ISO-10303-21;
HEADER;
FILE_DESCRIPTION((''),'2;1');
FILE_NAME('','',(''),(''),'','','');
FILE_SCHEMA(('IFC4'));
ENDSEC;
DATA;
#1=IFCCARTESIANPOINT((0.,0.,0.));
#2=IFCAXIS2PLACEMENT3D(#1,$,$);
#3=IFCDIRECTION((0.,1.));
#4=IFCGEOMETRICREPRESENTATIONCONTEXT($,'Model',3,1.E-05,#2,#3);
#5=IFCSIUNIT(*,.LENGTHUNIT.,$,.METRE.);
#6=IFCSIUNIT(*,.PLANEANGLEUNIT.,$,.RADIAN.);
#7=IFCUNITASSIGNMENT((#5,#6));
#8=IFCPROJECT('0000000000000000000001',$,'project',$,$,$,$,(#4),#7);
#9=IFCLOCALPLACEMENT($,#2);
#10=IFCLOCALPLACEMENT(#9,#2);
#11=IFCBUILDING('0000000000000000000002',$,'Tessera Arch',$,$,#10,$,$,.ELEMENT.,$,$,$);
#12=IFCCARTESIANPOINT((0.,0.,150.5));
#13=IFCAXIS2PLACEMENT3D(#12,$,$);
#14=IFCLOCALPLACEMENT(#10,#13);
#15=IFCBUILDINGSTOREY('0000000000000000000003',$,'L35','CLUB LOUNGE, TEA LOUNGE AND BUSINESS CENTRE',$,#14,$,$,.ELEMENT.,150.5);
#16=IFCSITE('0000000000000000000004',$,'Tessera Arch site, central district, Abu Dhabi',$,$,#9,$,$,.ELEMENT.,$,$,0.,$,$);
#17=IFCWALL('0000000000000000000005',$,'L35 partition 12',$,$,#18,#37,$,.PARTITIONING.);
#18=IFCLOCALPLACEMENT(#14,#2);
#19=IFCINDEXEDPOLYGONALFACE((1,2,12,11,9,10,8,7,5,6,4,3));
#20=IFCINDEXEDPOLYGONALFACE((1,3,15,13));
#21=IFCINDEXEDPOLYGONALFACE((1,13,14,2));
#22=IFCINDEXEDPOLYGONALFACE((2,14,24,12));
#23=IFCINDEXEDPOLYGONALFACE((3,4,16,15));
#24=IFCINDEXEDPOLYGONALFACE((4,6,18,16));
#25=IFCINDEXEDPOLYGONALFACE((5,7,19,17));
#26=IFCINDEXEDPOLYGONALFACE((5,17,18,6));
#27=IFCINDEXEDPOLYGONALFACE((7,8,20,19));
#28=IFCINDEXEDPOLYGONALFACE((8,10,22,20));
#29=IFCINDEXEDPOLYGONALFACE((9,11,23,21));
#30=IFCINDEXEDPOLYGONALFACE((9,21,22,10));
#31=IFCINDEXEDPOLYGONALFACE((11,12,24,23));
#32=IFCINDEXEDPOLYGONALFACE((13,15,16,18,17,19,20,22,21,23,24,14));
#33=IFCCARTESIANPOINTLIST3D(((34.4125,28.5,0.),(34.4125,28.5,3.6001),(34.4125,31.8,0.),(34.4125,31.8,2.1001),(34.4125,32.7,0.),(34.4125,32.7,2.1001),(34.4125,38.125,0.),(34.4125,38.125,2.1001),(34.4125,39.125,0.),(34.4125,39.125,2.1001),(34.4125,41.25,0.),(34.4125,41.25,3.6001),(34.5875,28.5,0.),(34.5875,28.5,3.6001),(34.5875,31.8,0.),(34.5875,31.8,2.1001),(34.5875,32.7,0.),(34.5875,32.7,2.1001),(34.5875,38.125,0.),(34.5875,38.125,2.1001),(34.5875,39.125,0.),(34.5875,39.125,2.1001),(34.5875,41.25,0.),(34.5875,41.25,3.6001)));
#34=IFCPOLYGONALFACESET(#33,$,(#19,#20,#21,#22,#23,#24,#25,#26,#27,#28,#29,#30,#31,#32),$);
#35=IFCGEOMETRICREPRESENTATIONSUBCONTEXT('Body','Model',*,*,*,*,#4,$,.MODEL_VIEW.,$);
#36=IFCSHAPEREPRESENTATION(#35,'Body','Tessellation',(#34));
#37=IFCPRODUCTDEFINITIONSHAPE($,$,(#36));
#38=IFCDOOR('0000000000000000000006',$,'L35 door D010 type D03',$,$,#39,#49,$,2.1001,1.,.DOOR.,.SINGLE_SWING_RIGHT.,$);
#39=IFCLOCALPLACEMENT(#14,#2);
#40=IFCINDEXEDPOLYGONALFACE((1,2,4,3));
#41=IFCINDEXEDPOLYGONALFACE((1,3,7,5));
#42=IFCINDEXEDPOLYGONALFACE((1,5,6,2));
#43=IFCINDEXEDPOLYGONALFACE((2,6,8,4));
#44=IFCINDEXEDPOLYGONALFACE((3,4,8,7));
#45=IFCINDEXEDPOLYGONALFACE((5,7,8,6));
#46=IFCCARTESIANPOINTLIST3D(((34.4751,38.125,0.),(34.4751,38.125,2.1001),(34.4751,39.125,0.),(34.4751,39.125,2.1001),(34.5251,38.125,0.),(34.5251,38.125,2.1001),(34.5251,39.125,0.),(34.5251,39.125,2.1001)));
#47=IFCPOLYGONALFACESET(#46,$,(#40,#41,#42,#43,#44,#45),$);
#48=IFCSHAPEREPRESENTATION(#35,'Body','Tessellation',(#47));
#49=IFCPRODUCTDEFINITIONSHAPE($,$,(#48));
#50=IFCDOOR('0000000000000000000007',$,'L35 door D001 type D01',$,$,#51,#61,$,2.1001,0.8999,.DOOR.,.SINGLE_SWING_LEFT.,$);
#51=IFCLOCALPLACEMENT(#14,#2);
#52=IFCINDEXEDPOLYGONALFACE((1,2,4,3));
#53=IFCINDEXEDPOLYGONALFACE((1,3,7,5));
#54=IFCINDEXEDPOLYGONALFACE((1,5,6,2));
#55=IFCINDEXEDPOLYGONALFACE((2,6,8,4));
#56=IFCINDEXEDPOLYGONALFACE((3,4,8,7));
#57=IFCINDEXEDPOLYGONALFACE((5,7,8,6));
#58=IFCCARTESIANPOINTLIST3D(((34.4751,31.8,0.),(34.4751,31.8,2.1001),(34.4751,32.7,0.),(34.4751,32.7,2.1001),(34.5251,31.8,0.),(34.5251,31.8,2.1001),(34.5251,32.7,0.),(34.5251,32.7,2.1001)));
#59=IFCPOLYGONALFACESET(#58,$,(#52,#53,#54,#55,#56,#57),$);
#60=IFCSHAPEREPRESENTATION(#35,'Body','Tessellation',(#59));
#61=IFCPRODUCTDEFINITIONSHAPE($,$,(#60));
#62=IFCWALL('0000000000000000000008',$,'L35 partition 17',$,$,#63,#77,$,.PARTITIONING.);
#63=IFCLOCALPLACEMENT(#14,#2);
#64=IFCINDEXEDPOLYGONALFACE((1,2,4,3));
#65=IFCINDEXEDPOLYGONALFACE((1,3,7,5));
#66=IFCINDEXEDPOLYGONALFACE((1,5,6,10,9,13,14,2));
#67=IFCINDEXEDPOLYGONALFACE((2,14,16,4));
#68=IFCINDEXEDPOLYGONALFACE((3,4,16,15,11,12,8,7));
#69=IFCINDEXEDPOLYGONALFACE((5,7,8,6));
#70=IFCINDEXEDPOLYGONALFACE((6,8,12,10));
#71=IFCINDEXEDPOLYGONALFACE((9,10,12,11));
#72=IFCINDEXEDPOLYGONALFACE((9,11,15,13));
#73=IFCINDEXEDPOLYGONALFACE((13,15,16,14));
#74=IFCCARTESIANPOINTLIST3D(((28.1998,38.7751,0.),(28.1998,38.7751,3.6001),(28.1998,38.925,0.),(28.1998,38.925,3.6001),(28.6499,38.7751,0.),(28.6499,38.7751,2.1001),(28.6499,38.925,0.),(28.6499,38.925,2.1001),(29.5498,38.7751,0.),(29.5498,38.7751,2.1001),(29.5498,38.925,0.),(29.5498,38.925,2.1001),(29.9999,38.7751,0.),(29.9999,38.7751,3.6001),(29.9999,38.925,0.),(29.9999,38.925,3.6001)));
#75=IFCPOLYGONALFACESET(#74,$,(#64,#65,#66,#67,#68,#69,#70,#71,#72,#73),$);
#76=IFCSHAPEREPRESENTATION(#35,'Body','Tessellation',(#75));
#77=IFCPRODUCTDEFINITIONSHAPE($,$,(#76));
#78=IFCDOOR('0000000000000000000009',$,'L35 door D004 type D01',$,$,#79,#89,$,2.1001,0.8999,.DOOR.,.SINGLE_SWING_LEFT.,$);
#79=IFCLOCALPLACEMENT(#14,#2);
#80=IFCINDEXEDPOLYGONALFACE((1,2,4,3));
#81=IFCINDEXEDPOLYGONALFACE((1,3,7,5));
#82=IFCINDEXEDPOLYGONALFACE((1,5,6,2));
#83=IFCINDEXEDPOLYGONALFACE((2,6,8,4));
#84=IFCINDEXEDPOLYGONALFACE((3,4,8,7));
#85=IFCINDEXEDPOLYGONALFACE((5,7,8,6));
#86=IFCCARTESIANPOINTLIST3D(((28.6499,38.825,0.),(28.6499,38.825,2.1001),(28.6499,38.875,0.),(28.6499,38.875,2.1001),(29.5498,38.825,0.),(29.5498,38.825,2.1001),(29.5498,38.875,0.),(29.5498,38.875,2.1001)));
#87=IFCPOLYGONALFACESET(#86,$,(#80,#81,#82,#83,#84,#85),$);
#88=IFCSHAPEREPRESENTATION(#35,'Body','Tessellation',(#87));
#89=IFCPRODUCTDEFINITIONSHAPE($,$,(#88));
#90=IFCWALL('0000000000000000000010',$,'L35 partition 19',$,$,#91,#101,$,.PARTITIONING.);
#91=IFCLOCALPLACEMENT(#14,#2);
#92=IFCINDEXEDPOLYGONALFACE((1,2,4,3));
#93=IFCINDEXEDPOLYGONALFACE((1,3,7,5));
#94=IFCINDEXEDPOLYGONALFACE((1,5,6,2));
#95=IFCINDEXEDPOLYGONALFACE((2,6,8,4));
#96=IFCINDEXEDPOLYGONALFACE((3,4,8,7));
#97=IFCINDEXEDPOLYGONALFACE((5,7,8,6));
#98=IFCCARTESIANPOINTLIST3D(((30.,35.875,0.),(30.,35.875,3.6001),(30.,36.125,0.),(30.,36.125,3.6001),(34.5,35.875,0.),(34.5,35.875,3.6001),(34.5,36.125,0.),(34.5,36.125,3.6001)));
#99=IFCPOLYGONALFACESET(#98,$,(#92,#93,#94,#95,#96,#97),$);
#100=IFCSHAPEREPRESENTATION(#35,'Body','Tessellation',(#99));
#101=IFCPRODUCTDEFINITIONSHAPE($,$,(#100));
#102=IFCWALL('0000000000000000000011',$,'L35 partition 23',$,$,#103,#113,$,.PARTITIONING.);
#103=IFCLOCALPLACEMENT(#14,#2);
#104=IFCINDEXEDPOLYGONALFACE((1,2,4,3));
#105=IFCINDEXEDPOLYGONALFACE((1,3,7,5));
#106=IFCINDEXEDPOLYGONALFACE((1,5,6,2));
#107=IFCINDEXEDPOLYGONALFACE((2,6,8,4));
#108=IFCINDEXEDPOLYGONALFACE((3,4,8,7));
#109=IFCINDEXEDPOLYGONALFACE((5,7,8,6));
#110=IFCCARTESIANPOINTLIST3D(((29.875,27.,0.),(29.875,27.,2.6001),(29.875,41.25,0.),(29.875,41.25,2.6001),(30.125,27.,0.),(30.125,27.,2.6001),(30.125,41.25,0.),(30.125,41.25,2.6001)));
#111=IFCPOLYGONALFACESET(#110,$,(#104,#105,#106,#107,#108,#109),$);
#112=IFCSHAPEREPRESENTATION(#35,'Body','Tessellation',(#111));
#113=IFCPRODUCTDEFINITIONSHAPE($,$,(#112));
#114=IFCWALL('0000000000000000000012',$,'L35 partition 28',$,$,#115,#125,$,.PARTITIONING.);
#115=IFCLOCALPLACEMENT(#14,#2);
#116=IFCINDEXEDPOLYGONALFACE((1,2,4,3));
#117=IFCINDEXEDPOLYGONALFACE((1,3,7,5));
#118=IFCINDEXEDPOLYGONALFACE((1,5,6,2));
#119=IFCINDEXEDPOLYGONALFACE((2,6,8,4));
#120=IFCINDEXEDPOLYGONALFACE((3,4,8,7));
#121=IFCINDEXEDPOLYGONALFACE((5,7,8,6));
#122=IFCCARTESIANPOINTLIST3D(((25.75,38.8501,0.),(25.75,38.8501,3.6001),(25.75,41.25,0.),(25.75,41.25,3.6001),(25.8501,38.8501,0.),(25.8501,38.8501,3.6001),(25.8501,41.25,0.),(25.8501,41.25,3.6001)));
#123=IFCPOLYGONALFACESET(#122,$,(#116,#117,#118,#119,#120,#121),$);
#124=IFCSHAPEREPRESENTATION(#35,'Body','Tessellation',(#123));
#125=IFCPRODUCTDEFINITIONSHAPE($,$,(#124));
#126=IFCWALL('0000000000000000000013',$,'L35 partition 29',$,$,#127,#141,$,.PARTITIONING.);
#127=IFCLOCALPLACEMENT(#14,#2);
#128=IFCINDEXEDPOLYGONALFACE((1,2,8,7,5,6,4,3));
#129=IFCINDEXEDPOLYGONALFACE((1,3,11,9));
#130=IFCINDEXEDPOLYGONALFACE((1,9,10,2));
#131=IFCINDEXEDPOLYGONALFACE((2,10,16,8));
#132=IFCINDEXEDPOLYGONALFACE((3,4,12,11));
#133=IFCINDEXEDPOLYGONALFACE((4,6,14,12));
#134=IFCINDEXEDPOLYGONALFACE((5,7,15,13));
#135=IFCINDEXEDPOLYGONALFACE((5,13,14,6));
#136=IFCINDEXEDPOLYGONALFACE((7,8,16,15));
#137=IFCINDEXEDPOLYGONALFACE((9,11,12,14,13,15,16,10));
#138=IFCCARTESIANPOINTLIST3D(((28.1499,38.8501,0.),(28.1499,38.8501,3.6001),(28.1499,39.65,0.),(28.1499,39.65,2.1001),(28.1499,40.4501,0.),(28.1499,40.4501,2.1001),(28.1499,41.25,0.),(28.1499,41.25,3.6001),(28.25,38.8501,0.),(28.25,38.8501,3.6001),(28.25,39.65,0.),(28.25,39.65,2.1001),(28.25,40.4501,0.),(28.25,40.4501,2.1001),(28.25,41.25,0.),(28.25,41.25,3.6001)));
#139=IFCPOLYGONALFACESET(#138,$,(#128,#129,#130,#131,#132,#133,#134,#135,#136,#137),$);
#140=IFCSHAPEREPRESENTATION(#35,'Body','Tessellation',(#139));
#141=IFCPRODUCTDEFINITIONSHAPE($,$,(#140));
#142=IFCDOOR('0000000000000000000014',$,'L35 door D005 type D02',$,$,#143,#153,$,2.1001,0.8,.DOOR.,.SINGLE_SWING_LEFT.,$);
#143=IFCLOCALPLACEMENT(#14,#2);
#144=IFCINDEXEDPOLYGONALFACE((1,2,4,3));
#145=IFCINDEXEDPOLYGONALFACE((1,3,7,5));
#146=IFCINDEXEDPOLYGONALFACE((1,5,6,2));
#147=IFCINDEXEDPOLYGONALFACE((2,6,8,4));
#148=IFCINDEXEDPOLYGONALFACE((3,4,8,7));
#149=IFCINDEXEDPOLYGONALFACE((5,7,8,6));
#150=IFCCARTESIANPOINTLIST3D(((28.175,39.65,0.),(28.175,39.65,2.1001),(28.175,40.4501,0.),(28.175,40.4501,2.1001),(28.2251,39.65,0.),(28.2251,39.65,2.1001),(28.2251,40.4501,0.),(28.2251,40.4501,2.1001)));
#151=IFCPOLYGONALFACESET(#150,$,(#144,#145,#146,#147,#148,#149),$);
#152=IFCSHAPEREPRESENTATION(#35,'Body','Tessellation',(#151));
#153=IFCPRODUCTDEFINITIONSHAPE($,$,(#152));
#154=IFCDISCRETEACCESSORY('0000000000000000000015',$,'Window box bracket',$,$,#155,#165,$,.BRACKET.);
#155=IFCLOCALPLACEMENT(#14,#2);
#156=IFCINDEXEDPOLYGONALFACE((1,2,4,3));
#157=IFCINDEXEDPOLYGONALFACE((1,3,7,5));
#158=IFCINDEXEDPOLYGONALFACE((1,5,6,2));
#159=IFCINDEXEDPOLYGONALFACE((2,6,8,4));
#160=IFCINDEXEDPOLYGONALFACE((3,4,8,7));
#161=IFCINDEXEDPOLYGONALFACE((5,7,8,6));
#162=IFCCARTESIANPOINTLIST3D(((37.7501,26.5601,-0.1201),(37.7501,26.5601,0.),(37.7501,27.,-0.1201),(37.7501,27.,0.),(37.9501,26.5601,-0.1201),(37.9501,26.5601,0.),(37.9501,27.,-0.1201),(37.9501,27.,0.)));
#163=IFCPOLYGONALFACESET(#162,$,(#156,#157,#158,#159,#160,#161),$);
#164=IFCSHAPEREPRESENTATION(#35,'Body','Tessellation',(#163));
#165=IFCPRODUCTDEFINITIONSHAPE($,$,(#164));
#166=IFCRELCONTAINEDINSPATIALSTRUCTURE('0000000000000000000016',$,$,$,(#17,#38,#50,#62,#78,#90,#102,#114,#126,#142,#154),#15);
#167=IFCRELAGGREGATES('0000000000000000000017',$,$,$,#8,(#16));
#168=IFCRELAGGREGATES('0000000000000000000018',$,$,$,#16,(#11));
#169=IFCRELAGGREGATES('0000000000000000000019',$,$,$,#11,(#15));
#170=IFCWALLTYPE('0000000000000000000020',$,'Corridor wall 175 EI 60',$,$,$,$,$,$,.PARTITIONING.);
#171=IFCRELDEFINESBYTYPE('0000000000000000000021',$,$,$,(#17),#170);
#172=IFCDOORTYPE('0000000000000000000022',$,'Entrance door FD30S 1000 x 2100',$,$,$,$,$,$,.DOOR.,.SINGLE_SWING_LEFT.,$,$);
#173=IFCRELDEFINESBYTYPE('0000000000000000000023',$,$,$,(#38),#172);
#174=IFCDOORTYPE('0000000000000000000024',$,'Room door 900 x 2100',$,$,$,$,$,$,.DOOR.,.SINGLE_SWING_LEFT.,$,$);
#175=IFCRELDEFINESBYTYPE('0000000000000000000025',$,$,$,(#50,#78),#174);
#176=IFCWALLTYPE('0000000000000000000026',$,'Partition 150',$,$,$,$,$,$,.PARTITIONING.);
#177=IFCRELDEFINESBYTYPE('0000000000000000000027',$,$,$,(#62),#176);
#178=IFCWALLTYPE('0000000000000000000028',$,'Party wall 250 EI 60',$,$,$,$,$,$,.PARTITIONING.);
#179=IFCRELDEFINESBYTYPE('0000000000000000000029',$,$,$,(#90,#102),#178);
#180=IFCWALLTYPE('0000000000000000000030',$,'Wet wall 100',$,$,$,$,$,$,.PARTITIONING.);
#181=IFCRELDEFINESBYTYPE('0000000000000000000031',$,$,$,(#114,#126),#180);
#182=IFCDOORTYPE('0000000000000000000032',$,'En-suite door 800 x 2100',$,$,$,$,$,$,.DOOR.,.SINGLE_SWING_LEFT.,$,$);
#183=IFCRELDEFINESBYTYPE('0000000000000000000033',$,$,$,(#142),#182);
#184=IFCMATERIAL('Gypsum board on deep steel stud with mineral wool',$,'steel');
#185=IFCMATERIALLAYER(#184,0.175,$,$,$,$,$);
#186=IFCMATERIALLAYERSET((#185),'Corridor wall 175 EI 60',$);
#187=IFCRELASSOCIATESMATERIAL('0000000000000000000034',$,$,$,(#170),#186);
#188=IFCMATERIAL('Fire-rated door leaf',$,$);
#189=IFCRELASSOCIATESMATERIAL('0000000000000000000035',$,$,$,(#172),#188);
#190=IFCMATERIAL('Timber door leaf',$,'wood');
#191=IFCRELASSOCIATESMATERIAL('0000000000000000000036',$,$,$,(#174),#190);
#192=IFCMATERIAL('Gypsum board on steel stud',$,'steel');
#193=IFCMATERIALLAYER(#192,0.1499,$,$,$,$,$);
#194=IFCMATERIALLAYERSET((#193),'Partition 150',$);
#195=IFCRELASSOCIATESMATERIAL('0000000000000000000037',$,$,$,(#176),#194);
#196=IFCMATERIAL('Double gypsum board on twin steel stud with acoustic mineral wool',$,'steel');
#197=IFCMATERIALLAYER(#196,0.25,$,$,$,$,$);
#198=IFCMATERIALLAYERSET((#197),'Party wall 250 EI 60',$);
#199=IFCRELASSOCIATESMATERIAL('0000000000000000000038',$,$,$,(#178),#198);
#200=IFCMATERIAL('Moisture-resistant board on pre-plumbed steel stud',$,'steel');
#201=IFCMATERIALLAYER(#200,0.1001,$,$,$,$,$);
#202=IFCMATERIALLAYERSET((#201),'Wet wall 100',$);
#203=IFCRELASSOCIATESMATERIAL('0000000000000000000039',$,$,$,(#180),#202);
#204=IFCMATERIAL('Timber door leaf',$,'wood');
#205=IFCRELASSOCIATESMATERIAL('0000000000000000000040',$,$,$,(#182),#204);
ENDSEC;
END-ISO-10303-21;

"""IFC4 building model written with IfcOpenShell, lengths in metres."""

from ifc_helpers import new_model, si_unit, direction, frame, frame_2d, origin, origin_2d, place, context, subcontext, project, spatial, rectangle, extrude, material, layer, layer_set, type_object, element, fill, save


model = new_model("IFC4")

# Units and contexts
model_context = context("Model", 3, precision=1e-05, world=origin(), true_north=direction((0.0, 1.0)))
body_context = subcontext(model_context, "Body", "Model", "MODEL_VIEW")
ifc_project = project(units=[si_unit("LENGTHUNIT", "METRE"), si_unit("PLANEANGLEUNIT", "RADIAN")], contexts=[model_context])

# Site, building, storey
site_placement = place(None, origin())
site = spatial("IfcSite", under=ifc_project, at=site_placement, Name="Tessera Arch site, central district, Abu Dhabi", CompositionType="ELEMENT", RefElevation=0.0)
building_placement = place(site_placement, origin())
building = spatial("IfcBuilding", under=site, at=building_placement, Name="Tessera Arch", CompositionType="ELEMENT")
storey_placement = place(building_placement, frame((0.0, 0.0, 150.5)))
storey = spatial("IfcBuildingStorey", under=building, at=storey_placement, Name="L35", Description="CLUB LOUNGE, TEA LOUNGE AND BUSINESS CENTRE", CompositionType="ELEMENT", Elevation=150.5)

# Shared definitions
ifc_material_1 = material(Name="Gypsum board on deep steel stud with mineral wool", Category="steel")
ifc_layer_1 = layer(ifc_material_1, 0.175)
ifc_layer_set_1 = layer_set([ifc_layer_1], Name="Corridor wall 175 EI 60")
wall_type_1 = type_object("IfcWallType", Name="Corridor wall 175 EI 60", PredefinedType="PARTITIONING", material=ifc_layer_set_1)

# Wall, openings, doors
wall_1_placement = place(storey_placement, frame((34.5, 28.5, 0.0), z_axis=(0.0, 0.0, 1.0), x_axis=(0.0, 1.0, 0.0)))
wall_1 = element("IfcWall", 1, at=wall_1_placement, inside=storey, type_object=wall_type_1, Name="L35 partition 12", PredefinedType="PARTITIONING", context=body_context, shape_type="SweptSolid", body=[
    extrude(rectangle(XDim=12.75, YDim=0.175, at=frame_2d((6.375, 0.0))), origin(), (0.0, 0.0, 1.0), 3.6001),
])
opening_1_placement = place(wall_1_placement, frame((3.3, 0.0, 0.0)))
opening_1 = element("IfcOpeningElement", 2, at=opening_1_placement, cuts=wall_1, PredefinedType="OPENING", context=body_context, shape_type="SweptSolid", body=[
    extrude(rectangle(XDim=0.8999, YDim=2.1001, at=frame_2d((0.45, 1.05))), frame((0.0, 0.0974, 0.0), z_axis=(0.0, -1.0, 0.0), x_axis=(1.0, 0.0, 0.0)), (0.0, 0.0, 1.0), 0.1951),
])
opening_2_placement = place(wall_1_placement, frame((9.625, 0.0, 0.0)))
opening_2 = element("IfcOpeningElement", 3, at=opening_2_placement, cuts=wall_1, PredefinedType="OPENING", context=body_context, shape_type="SweptSolid", body=[
    extrude(rectangle(XDim=1.0, YDim=2.1001, at=frame_2d((0.5, 1.05))), frame((0.0, 0.0974, 0.0), z_axis=(0.0, -1.0, 0.0), x_axis=(1.0, 0.0, 0.0)), (0.0, 0.0, 1.0), 0.1951),
])
ifc_material_2 = material(Name="Fire-rated door leaf")
door_type_1 = type_object("IfcDoorType", Name="Entrance door FD30S 1000 x 2100", OperationType="SINGLE_SWING_LEFT", PredefinedType="DOOR", material=ifc_material_2)
door_1_placement = place(opening_2_placement, origin())
door_1 = element("IfcDoor", 4, at=door_1_placement, inside=storey, type_object=door_type_1, Name="L35 door D010 type D03", OperationType="SINGLE_SWING_RIGHT", OverallHeight=2.1001, OverallWidth=1.0, PredefinedType="DOOR", context=body_context, shape_type="SweptSolid", body=[
    extrude(rectangle(XDim=1.0, YDim=2.1001, at=frame_2d((0.5, 1.05))), frame((0.0, 0.0249, 0.0), z_axis=(0.0, -1.0, 0.0), x_axis=(1.0, 0.0, 0.0)), (0.0, 0.0, 1.0), 0.05),
])
fill(opening_2, door_1)
ifc_material_3 = material(Name="Timber door leaf", Category="wood")
door_type_2 = type_object("IfcDoorType", Name="Room door 900 x 2100", OperationType="SINGLE_SWING_LEFT", PredefinedType="DOOR", material=ifc_material_3)
door_2_placement = place(opening_1_placement, origin())
door_2 = element("IfcDoor", 5, at=door_2_placement, inside=storey, type_object=door_type_2, Name="L35 door D001 type D01", OperationType="SINGLE_SWING_LEFT", OverallHeight=2.1001, OverallWidth=0.8999, PredefinedType="DOOR", context=body_context, shape_type="SweptSolid", body=[
    extrude(rectangle(XDim=0.8999, YDim=2.1001, at=frame_2d((0.45, 1.05))), frame((0.0, 0.0249, 0.0), z_axis=(0.0, -1.0, 0.0), x_axis=(1.0, 0.0, 0.0)), (0.0, 0.0, 1.0), 0.05),
])
fill(opening_1, door_2)

# Wall, opening, door
ifc_material_4 = material(Name="Gypsum board on steel stud", Category="steel")
ifc_layer_2 = layer(ifc_material_4, 0.1499)
ifc_layer_set_2 = layer_set([ifc_layer_2], Name="Partition 150")
wall_type_2 = type_object("IfcWallType", Name="Partition 150", PredefinedType="PARTITIONING", material=ifc_layer_set_2)
wall_2_placement = place(storey_placement, frame((28.2, 38.8501, 0.0), z_axis=(0.0, 0.0, 1.0), x_axis=(1.0, 0.0, 0.0)))
wall_2 = element("IfcWall", 6, at=wall_2_placement, inside=storey, type_object=wall_type_2, Name="L35 partition 17", PredefinedType="PARTITIONING", context=body_context, shape_type="SweptSolid", body=[
    extrude(rectangle(XDim=1.8, YDim=0.1499, at=frame_2d((0.8999, 0.0))), origin(), (0.0, 0.0, 1.0), 3.6001),
])
opening_3_placement = place(wall_2_placement, frame((0.45, 0.0, 0.0)))
opening_3 = element("IfcOpeningElement", 7, at=opening_3_placement, cuts=wall_2, PredefinedType="OPENING", context=body_context, shape_type="SweptSolid", body=[
    extrude(rectangle(XDim=0.8999, YDim=2.1001, at=frame_2d((0.45, 1.05))), frame((0.0, 0.085, 0.0), z_axis=(0.0, -1.0, 0.0), x_axis=(1.0, 0.0, 0.0)), (0.0, 0.0, 1.0), 0.1699),
])
door_3_placement = place(opening_3_placement, origin())
door_3 = element("IfcDoor", 8, at=door_3_placement, inside=storey, type_object=door_type_2, Name="L35 door D004 type D01", OperationType="SINGLE_SWING_LEFT", OverallHeight=2.1001, OverallWidth=0.8999, PredefinedType="DOOR", context=body_context, shape_type="SweptSolid", body=[
    extrude(rectangle(XDim=0.8999, YDim=2.1001, at=frame_2d((0.45, 1.05))), frame((0.0, 0.0249, 0.0), z_axis=(0.0, -1.0, 0.0), x_axis=(1.0, 0.0, 0.0)), (0.0, 0.0, 1.0), 0.05),
])
fill(opening_3, door_3)

# Walls
ifc_material_5 = material(Name="Double gypsum board on twin steel stud with acoustic mineral wool", Category="steel")
ifc_layer_3 = layer(ifc_material_5, 0.25)
ifc_layer_set_3 = layer_set([ifc_layer_3], Name="Party wall 250 EI 60")
wall_type_3 = type_object("IfcWallType", Name="Party wall 250 EI 60", PredefinedType="PARTITIONING", material=ifc_layer_set_3)
wall_3_placement = place(storey_placement, frame((30.0, 36.0, 0.0), z_axis=(0.0, 0.0, 1.0), x_axis=(1.0, 0.0, 0.0)))
element("IfcWall", 9, at=wall_3_placement, inside=storey, type_object=wall_type_3, Name="L35 partition 19", PredefinedType="PARTITIONING", context=body_context, shape_type="SweptSolid", body=[
    extrude(rectangle(XDim=4.5, YDim=0.25, at=frame_2d((2.25, 0.0))), origin(), (0.0, 0.0, 1.0), 3.6001),
])
wall_4_placement = place(storey_placement, frame((30.0, 27.0, 0.0), z_axis=(0.0, 0.0, 1.0), x_axis=(0.0, 1.0, 0.0)))
element("IfcWall", 10, at=wall_4_placement, inside=storey, type_object=wall_type_3, Name="L35 partition 23", PredefinedType="PARTITIONING", context=body_context, shape_type="SweptSolid", body=[
    extrude(rectangle(XDim=14.25, YDim=0.25, at=frame_2d((7.125, 0.0))), origin(), (0.0, 0.0, 1.0), 2.6001),
])
ifc_material_6 = material(Name="Moisture-resistant board on pre-plumbed steel stud", Category="steel")
ifc_layer_4 = layer(ifc_material_6, 0.1001)
ifc_layer_set_4 = layer_set([ifc_layer_4], Name="Wet wall 100")
wall_type_4 = type_object("IfcWallType", Name="Wet wall 100", PredefinedType="PARTITIONING", material=ifc_layer_set_4)
wall_5_placement = place(storey_placement, frame((25.8, 38.8501, 0.0), z_axis=(0.0, 0.0, 1.0), x_axis=(0.0, 1.0, 0.0)))
element("IfcWall", 11, at=wall_5_placement, inside=storey, type_object=wall_type_4, Name="L35 partition 28", PredefinedType="PARTITIONING", context=body_context, shape_type="SweptSolid", body=[
    extrude(rectangle(XDim=2.3999, YDim=0.1001, at=frame_2d((1.2, 0.0))), origin(), (0.0, 0.0, 1.0), 3.6001),
])

# Wall, opening, door
wall_6_placement = place(storey_placement, frame((28.2, 38.8501, 0.0), z_axis=(0.0, 0.0, 1.0), x_axis=(0.0, 1.0, 0.0)))
wall_6 = element("IfcWall", 12, at=wall_6_placement, inside=storey, type_object=wall_type_4, Name="L35 partition 29", PredefinedType="PARTITIONING", context=body_context, shape_type="SweptSolid", body=[
    extrude(rectangle(XDim=2.3999, YDim=0.1001, at=frame_2d((1.2, 0.0))), origin(), (0.0, 0.0, 1.0), 3.6001),
])
opening_4_placement = place(wall_6_placement, frame((0.8, 0.0, 0.0)))
opening_4 = element("IfcOpeningElement", 13, at=opening_4_placement, cuts=wall_6, PredefinedType="OPENING", context=body_context, shape_type="SweptSolid", body=[
    extrude(rectangle(XDim=0.8, YDim=2.1001, at=frame_2d((0.3999, 1.05))), frame((0.0, 0.0601, 0.0), z_axis=(0.0, -1.0, 0.0), x_axis=(1.0, 0.0, 0.0)), (0.0, 0.0, 1.0), 0.1201),
])
ifc_material_7 = material(Name="Timber door leaf", Category="wood")
door_type_3 = type_object("IfcDoorType", Name="En-suite door 800 x 2100", OperationType="SINGLE_SWING_LEFT", PredefinedType="DOOR", material=ifc_material_7)
door_4_placement = place(opening_4_placement, origin())
door_4 = element("IfcDoor", 14, at=door_4_placement, inside=storey, type_object=door_type_3, Name="L35 door D005 type D02", OperationType="SINGLE_SWING_LEFT", OverallHeight=2.1001, OverallWidth=0.8, PredefinedType="DOOR", context=body_context, shape_type="SweptSolid", body=[
    extrude(rectangle(XDim=0.8, YDim=2.1001, at=frame_2d((0.3999, 1.05))), frame((0.0, 0.0249, 0.0), z_axis=(0.0, -1.0, 0.0), x_axis=(1.0, 0.0, 0.0)), (0.0, 0.0, 1.0), 0.05),
])
fill(opening_4, door_4)

# Discrete accessory
for number, where, z_axis, x_axis, name in (
    (15, (37.8501, 26.78, -0.1201), (0.0, 0.0, 1.0), (0.0, -1.0, 0.0), "Window box bracket"),
):
    element("IfcDiscreteAccessory", number, at=place(storey_placement, frame(where, z_axis=z_axis, x_axis=x_axis)), inside=storey, Name=name, PredefinedType="BRACKET", context=body_context, shape_type="SweptSolid", body=[
        extrude(rectangle(XDim=0.4399, YDim=0.2, at=origin_2d()), origin(), (0.0, 0.0, 1.0), 0.1201),
    ])

save(model, "model.ifc")
